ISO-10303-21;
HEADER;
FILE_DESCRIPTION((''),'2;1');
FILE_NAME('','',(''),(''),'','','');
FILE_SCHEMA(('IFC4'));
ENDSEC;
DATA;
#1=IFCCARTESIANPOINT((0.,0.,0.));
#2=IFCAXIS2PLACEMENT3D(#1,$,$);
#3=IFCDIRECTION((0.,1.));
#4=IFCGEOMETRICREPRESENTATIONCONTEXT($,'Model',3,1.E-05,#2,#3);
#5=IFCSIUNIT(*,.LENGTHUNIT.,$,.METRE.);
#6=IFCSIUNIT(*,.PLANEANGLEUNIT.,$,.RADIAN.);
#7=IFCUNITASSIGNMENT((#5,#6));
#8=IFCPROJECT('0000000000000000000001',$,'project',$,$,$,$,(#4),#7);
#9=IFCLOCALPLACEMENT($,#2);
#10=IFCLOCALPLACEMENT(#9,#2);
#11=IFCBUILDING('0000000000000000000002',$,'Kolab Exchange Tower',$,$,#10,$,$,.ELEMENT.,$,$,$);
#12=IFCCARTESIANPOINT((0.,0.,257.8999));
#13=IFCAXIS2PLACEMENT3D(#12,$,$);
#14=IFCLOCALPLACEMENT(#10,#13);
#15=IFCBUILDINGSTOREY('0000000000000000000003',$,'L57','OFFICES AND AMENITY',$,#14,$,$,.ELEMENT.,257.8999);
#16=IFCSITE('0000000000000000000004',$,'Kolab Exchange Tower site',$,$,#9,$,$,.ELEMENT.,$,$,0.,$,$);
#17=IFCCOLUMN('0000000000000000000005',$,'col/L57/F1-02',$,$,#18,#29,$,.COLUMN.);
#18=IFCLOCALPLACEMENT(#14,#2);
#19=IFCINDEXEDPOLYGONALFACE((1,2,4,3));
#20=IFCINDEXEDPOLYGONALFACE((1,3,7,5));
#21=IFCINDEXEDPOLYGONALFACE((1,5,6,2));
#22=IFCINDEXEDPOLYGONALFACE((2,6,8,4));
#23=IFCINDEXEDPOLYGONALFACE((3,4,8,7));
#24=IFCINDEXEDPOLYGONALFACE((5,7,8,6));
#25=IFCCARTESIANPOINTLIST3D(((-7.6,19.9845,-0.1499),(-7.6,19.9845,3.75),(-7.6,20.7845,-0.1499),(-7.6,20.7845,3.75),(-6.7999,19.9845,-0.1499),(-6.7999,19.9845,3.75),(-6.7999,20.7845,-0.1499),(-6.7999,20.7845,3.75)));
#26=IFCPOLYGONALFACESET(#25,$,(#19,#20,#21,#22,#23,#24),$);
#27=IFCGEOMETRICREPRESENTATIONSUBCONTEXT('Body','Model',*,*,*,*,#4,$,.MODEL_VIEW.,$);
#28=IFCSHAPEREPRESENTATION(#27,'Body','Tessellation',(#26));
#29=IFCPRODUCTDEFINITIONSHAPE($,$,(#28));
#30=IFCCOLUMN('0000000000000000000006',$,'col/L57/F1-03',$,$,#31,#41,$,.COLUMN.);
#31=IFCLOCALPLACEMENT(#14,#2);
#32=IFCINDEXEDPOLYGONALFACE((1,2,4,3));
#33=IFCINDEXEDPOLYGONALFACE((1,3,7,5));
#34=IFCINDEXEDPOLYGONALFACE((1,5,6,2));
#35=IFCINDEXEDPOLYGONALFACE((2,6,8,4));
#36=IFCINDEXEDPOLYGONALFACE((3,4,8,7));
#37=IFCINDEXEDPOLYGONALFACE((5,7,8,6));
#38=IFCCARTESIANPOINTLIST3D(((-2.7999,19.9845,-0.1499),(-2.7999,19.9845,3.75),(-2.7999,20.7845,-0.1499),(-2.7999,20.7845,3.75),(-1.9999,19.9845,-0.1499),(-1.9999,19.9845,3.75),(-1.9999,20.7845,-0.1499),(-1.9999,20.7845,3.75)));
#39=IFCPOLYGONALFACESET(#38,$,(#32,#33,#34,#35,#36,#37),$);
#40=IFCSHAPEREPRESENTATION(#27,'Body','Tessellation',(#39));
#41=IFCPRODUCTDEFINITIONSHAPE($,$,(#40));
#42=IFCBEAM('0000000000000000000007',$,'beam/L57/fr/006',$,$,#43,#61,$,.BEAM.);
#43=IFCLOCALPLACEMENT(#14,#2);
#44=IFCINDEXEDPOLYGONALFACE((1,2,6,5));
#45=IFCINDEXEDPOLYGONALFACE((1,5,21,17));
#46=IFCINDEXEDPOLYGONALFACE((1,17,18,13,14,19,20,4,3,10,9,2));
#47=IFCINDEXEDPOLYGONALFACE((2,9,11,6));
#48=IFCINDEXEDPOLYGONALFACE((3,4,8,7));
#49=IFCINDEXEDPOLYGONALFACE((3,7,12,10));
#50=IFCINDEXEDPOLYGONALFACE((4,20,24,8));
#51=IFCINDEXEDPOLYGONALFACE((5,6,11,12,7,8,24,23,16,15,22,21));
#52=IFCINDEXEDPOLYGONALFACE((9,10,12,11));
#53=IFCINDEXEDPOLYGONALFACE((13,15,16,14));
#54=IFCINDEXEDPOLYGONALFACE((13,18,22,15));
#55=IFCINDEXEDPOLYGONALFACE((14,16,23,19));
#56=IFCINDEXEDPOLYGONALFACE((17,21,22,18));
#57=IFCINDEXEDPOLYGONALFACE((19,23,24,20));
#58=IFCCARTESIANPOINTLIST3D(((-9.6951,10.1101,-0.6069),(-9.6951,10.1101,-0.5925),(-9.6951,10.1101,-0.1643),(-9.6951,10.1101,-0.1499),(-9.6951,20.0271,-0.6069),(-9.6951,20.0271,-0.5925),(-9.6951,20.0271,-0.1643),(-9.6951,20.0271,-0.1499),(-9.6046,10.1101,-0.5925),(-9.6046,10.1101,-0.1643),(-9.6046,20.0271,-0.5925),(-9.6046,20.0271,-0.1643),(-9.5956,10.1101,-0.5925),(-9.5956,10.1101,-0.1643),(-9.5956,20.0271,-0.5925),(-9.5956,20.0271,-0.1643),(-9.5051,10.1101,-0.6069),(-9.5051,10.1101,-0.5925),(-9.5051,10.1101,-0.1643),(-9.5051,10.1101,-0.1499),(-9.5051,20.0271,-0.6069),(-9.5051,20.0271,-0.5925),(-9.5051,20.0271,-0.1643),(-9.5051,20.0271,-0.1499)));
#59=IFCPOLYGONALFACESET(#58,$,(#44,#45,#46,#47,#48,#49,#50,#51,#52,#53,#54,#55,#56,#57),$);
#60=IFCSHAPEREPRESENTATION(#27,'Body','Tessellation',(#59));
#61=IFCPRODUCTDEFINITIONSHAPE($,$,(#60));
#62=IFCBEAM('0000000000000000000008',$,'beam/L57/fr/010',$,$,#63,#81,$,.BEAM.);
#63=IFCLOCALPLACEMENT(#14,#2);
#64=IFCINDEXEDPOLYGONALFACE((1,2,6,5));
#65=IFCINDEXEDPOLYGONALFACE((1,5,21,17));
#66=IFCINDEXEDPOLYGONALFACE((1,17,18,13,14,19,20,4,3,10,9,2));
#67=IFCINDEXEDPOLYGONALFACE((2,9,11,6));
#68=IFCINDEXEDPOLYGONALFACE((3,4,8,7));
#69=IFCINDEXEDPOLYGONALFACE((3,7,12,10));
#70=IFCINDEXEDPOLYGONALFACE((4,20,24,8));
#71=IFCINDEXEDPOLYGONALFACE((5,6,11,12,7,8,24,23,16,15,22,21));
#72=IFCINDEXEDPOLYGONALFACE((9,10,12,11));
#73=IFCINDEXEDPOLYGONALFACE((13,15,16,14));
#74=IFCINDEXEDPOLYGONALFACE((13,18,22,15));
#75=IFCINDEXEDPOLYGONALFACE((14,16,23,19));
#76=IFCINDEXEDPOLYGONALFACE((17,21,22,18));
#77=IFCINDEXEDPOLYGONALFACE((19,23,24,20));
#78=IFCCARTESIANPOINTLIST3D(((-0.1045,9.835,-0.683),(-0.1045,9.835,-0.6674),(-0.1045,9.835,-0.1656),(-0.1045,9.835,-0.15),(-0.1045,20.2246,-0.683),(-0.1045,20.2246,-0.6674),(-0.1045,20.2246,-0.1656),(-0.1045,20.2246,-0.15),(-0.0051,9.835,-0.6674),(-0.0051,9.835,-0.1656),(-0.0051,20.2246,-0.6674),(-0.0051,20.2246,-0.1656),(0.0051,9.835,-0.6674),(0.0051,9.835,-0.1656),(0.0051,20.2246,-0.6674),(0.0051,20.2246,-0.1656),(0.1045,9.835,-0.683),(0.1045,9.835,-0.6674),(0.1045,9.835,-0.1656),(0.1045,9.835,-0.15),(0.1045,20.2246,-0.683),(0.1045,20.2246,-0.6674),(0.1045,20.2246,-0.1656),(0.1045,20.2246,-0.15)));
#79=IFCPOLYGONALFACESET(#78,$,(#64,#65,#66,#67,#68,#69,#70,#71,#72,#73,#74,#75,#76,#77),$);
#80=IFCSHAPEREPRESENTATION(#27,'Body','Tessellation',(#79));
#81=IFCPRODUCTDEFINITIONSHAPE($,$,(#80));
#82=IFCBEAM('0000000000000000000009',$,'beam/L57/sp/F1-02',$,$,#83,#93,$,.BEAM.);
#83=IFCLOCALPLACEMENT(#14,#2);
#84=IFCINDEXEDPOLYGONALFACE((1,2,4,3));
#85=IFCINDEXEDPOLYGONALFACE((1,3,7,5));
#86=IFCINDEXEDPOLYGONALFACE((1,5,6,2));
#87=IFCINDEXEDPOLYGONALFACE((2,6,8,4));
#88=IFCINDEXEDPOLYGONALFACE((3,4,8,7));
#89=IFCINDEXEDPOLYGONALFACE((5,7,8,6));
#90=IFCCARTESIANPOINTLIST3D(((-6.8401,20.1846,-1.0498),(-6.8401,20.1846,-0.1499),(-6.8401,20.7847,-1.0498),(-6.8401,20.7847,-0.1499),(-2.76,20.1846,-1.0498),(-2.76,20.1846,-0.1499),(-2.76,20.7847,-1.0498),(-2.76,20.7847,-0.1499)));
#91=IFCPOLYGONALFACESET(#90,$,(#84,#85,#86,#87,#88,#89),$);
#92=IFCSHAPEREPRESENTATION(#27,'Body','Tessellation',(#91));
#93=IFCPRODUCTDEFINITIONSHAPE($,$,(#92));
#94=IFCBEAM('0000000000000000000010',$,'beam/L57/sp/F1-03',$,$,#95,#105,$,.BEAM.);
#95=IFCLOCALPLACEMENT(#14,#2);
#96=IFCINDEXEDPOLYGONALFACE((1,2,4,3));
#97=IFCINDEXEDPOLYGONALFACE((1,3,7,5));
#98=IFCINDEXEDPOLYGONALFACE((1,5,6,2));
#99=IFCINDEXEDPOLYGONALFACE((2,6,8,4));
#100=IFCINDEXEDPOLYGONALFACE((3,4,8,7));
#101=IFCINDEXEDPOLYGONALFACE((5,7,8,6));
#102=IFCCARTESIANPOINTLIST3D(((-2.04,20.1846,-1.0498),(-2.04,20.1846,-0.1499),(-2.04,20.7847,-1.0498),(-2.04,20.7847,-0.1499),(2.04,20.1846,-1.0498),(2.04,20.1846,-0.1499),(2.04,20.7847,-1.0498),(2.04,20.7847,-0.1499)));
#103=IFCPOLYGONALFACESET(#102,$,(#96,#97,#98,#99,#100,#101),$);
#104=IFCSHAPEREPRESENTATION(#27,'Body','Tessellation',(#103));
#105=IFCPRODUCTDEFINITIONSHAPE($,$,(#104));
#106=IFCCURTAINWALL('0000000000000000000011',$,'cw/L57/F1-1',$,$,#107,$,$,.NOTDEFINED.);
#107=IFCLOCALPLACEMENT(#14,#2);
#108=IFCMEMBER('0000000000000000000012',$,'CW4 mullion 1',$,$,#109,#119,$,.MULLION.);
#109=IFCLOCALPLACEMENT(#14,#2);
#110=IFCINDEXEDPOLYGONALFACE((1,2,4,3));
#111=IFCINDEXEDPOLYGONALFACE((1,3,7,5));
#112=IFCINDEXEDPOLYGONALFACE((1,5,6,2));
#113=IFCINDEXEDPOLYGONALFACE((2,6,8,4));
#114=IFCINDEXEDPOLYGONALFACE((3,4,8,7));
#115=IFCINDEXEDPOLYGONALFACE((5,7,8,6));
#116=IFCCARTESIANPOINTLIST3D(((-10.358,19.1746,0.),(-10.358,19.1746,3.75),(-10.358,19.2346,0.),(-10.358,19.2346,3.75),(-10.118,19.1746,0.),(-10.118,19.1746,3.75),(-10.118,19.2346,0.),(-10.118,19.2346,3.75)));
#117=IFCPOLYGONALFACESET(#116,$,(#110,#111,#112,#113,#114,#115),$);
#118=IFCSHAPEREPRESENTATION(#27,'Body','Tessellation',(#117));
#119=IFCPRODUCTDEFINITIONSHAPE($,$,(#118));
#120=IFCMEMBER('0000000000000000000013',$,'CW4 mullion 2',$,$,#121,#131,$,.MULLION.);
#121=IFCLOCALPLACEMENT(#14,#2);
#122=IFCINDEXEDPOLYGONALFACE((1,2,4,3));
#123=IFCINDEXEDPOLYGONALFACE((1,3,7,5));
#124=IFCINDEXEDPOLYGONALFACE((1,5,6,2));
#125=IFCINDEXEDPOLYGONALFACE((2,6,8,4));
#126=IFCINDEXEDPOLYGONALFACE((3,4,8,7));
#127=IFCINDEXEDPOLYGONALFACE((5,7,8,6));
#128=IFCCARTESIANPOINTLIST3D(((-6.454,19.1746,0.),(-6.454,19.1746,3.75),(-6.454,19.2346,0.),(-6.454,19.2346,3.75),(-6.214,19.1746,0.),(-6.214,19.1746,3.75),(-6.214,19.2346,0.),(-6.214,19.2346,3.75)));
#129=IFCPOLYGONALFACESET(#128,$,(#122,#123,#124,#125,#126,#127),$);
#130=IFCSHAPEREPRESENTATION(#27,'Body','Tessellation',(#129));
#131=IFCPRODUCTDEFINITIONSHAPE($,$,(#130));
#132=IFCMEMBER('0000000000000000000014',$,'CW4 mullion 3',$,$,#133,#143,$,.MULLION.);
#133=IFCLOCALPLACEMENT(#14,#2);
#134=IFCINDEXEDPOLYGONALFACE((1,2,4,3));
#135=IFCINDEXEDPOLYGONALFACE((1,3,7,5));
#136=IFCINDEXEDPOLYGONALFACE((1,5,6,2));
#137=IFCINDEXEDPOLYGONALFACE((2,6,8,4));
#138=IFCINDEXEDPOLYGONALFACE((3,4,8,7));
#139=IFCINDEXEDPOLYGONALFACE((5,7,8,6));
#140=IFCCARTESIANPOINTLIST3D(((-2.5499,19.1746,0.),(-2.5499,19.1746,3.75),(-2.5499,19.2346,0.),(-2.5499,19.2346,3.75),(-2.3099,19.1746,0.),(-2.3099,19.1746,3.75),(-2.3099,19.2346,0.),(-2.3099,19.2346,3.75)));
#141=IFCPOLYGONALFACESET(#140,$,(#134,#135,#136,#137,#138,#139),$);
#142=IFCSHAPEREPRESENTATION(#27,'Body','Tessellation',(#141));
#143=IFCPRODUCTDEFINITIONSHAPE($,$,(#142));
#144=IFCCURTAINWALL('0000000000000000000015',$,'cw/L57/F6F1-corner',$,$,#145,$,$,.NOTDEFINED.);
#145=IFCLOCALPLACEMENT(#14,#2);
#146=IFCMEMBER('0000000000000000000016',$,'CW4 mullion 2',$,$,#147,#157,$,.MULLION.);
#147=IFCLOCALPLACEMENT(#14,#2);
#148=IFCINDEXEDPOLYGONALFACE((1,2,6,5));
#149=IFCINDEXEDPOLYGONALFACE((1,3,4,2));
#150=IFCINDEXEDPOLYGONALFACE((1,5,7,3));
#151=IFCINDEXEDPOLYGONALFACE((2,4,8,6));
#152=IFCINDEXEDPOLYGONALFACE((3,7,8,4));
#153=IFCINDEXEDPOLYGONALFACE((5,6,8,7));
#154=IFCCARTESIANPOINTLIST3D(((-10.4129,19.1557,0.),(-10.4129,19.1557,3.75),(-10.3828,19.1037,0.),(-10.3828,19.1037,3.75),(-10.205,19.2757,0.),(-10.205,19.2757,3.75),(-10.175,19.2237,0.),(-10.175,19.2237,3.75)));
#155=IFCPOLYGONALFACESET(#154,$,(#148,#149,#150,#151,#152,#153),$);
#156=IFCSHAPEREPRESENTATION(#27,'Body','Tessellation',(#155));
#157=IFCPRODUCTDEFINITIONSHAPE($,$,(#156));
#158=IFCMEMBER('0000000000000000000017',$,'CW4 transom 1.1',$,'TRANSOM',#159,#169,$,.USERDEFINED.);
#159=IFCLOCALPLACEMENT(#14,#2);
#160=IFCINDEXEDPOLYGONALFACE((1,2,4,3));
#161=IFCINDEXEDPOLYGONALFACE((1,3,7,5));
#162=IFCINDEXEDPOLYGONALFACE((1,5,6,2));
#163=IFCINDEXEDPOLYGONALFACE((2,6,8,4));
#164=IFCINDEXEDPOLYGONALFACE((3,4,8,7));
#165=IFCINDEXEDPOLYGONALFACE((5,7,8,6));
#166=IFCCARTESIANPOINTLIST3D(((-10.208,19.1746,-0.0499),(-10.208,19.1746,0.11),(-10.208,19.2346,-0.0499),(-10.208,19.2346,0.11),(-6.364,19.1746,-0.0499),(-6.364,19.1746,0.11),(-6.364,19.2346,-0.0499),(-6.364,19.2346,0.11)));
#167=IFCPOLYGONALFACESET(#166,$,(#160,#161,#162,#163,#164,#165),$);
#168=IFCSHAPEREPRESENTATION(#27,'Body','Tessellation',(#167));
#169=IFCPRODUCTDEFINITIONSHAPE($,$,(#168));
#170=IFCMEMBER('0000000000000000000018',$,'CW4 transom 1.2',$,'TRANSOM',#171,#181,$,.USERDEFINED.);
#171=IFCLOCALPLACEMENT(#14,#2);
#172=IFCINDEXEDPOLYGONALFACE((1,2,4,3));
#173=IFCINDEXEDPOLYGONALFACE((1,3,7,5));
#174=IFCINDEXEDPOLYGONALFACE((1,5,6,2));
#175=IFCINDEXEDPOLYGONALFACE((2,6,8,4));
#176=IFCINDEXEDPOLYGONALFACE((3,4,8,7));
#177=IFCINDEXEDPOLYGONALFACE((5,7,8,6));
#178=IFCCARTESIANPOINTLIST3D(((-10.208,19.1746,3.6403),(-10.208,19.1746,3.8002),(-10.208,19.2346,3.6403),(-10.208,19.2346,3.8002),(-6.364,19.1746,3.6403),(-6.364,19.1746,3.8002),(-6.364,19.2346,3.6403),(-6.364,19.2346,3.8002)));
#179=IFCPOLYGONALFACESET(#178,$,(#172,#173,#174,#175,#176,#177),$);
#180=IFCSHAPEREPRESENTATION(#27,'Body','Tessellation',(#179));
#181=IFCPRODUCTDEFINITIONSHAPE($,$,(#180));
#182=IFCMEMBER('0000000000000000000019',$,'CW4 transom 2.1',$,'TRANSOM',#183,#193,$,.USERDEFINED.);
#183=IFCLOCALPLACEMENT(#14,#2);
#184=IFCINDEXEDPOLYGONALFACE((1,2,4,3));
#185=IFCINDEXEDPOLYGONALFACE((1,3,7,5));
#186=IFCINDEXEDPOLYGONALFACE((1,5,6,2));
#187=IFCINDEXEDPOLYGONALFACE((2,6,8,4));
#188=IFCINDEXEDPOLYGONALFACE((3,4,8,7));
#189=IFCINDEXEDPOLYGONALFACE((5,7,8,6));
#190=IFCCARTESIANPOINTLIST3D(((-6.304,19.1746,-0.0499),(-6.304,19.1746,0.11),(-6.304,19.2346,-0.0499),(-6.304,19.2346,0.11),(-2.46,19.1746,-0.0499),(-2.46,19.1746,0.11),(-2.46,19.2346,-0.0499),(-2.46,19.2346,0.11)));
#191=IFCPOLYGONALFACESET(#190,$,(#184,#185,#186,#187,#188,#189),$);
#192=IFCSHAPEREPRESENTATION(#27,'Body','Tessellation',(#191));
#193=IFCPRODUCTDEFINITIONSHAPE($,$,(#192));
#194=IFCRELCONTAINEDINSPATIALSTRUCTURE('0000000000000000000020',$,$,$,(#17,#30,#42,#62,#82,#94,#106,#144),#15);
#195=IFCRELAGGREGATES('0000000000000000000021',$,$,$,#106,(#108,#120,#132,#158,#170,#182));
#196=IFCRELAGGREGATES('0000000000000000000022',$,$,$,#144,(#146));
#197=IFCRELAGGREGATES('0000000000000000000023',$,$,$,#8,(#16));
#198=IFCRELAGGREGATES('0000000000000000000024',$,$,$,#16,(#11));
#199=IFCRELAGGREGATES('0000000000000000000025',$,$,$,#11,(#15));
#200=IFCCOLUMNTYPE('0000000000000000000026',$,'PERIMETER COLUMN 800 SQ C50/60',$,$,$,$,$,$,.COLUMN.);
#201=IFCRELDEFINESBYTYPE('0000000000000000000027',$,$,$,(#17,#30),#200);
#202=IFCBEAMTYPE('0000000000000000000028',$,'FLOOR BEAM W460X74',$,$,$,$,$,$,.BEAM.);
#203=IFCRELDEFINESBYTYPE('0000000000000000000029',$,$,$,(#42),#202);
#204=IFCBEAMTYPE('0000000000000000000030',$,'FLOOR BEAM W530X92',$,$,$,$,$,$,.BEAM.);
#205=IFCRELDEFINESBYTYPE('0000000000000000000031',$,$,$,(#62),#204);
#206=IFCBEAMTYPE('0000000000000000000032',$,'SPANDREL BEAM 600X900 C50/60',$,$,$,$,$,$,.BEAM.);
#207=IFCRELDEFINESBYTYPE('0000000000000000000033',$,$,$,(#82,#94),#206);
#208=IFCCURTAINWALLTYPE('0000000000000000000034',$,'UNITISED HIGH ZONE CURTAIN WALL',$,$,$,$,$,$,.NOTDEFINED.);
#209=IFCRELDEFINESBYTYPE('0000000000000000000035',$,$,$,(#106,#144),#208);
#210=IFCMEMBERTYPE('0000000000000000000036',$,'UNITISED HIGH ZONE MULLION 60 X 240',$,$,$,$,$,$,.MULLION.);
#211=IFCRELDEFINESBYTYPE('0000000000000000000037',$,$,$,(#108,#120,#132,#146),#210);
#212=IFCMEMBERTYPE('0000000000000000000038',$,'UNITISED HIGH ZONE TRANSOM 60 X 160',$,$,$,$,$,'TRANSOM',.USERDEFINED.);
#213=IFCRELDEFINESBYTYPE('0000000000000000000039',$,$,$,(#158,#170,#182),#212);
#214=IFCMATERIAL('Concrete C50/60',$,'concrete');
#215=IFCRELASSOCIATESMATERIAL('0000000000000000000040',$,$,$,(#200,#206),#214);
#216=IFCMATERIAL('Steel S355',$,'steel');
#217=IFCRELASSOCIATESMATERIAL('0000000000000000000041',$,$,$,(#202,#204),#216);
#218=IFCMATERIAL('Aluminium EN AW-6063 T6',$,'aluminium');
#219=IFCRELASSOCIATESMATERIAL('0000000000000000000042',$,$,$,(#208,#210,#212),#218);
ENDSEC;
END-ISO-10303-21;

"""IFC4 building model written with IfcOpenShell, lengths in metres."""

from ifc_helpers import new_model, si_unit, direction, frame, origin, origin_2d, place, context, subcontext, project, spatial, rectangle, i_section, extrude, material, material_profile, profile_set, type_object, element, aggregate, save


model = new_model("IFC4")

# Units and contexts
model_context = context("Model", 3, precision=1e-05, world=origin(), true_north=direction((0.0, 1.0)))
body_context = subcontext(model_context, "Body", "Model", "MODEL_VIEW")
ifc_project = project(units=[si_unit("LENGTHUNIT", "METRE"), si_unit("PLANEANGLEUNIT", "RADIAN")], contexts=[model_context])

# Site, building, storey
site_placement = place(None, origin())
site = spatial("IfcSite", under=ifc_project, at=site_placement, Name="Kolab Exchange Tower site", CompositionType="ELEMENT", RefElevation=0.0)
building_placement = place(site_placement, origin())
building = spatial("IfcBuilding", under=site, at=building_placement, Name="Kolab Exchange Tower", CompositionType="ELEMENT")
storey_placement = place(building_placement, frame((0.0, 0.0, 257.8999)))
storey = spatial("IfcBuildingStorey", under=building, at=storey_placement, Name="L57", Description="OFFICES AND AMENITY", CompositionType="ELEMENT", Elevation=257.8999)

# Columns
ifc_material_1 = material(Name="Concrete C50/60", Category="concrete")
ifc_material_profile_1 = material_profile(ifc_material_1, rectangle(XDim=0.8, YDim=0.8, at=origin_2d()), Name="RC800")
ifc_profile_set_1 = profile_set([ifc_material_profile_1], Name="Concrete C50/60")
column_type = type_object("IfcColumnType", Name="PERIMETER COLUMN 800 SQ C50/60", PredefinedType="COLUMN", material=ifc_profile_set_1)
for number, where, z_axis, x_axis, name in (
    (1, (-7.2, 20.3845, -0.1499), (0.0, 0.0, 1.0), (1.0, 0.0, 0.0), "col/L57/F1-02"),
    (2, (-2.3999, 20.3845, -0.1499), (0.0, 0.0, 1.0), (1.0, 0.0, 0.0), "col/L57/F1-03"),
):
    element("IfcColumn", number, at=place(storey_placement, frame(where, z_axis=z_axis, x_axis=x_axis)), inside=storey, type_object=column_type, Name=name, PredefinedType="COLUMN", context=body_context, shape_type="SweptSolid", body=[
        extrude(rectangle(XDim=0.8, YDim=0.8, at=origin_2d()), origin(), (0.0, 0.0, 1.0), 3.8999),
    ])

# Beams
ifc_material_2 = material(Name="Steel S355", Category="steel")
ifc_material_profile_2 = material_profile(ifc_material_2, i_section(OverallWidth=0.1899, OverallDepth=0.457, WebThickness=0.009, FlangeThickness=0.0144, at=origin_2d()), Name="W460X74")
ifc_profile_set_2 = profile_set([ifc_material_profile_2], Name="Steel S355")
beam_type_1 = type_object("IfcBeamType", Name="FLOOR BEAM W460X74", PredefinedType="BEAM", material=ifc_profile_set_2)
beam_1_placement = place(storey_placement, frame((-9.6001, 10.1101, -0.3784), z_axis=(0.0, 1.0, 0.0), x_axis=(-1.0, 0.0, 0.0)))
element("IfcBeam", 3, at=beam_1_placement, inside=storey, type_object=beam_type_1, Name="beam/L57/fr/006", PredefinedType="BEAM", context=body_context, shape_type="SweptSolid", body=[
    extrude(i_section(OverallWidth=0.1899, OverallDepth=0.457, WebThickness=0.009, FlangeThickness=0.0144, at=origin_2d()), origin(), (0.0, 0.0, 1.0), 9.917),
])
ifc_material_profile_3 = material_profile(ifc_material_2, i_section(OverallWidth=0.209, OverallDepth=0.533, WebThickness=0.0103, FlangeThickness=0.0156, at=origin_2d()), Name="W530X92")
ifc_profile_set_3 = profile_set([ifc_material_profile_3], Name="Steel S355")
beam_type_2 = type_object("IfcBeamType", Name="FLOOR BEAM W530X92", PredefinedType="BEAM", material=ifc_profile_set_3)
beam_2_placement = place(storey_placement, frame((0.0, 9.835, -0.4165), z_axis=(0.0, 1.0, 0.0), x_axis=(-1.0, 0.0, 0.0)))
element("IfcBeam", 4, at=beam_2_placement, inside=storey, type_object=beam_type_2, Name="beam/L57/fr/010", PredefinedType="BEAM", context=body_context, shape_type="SweptSolid", body=[
    extrude(i_section(OverallWidth=0.209, OverallDepth=0.533, WebThickness=0.0103, FlangeThickness=0.0156, at=origin_2d()), origin(), (0.0, 0.0, 1.0), 10.3896),
])
ifc_material_profile_4 = material_profile(ifc_material_1, rectangle(XDim=0.6001, YDim=0.8999, at=origin_2d()), Name="RC600X900")
ifc_profile_set_4 = profile_set([ifc_material_profile_4], Name="Concrete C50/60")
beam_type_3 = type_object("IfcBeamType", Name="SPANDREL BEAM 600X900 C50/60", PredefinedType="BEAM", material=ifc_profile_set_4)
for number, where, z_axis, x_axis, name in (
    (5, (-6.8401, 20.4846, -0.5999), (1.0, 0.0, 0.0), (0.0, 1.0, 0.0), "beam/L57/sp/F1-02"),
    (6, (-2.04, 20.4846, -0.5999), (1.0, 0.0, 0.0), (0.0, 1.0, 0.0), "beam/L57/sp/F1-03"),
):
    element("IfcBeam", number, at=place(storey_placement, frame(where, z_axis=z_axis, x_axis=x_axis)), inside=storey, type_object=beam_type_3, Name=name, PredefinedType="BEAM", context=body_context, shape_type="SweptSolid", body=[
        extrude(rectangle(XDim=0.6001, YDim=0.8999, at=origin_2d()), origin(), (0.0, 0.0, 1.0), 4.0801),
    ])

# Curtain wall, members
ifc_material_3 = material(Name="Aluminium EN AW-6063 T6", Category="aluminium")
curtain_wall_type = type_object("IfcCurtainWallType", Name="UNITISED HIGH ZONE CURTAIN WALL", PredefinedType="NOTDEFINED", material=ifc_material_3)
curtain_wall_1_placement = place(storey_placement, origin())
curtain_wall_1 = element("IfcCurtainWall", 7, at=curtain_wall_1_placement, inside=storey, type_object=curtain_wall_type, Name="cw/L57/F1-1", PredefinedType="NOTDEFINED")
ifc_material_profile_5 = material_profile(ifc_material_3, rectangle(XDim=0.0601, YDim=0.24, at=origin_2d()), Name="RECT 60X240")
ifc_profile_set_5 = profile_set([ifc_material_profile_5], Name="Aluminium EN AW-6063 T6")
member_type_1 = type_object("IfcMemberType", Name="UNITISED HIGH ZONE MULLION 60 X 240", PredefinedType="MULLION", material=ifc_profile_set_5)
member_1_placement = place(storey_placement, frame((-10.238, 19.2046, 0.0), z_axis=(0.0, 0.0, 1.0), x_axis=(0.0, 1.0, 0.0)))
member_1 = element("IfcMember", 8, at=member_1_placement, type_object=member_type_1, Name="CW4 mullion 1", PredefinedType="MULLION", context=body_context, shape_type="SweptSolid", body=[
    extrude(rectangle(XDim=0.0601, YDim=0.24, at=origin_2d()), origin(), (0.0, 0.0, 1.0), 3.75),
])
member_2_placement = place(storey_placement, frame((-6.334, 19.2046, 0.0), z_axis=(0.0, 0.0, 1.0), x_axis=(0.0, 1.0, 0.0)))
member_2 = element("IfcMember", 9, at=member_2_placement, type_object=member_type_1, Name="CW4 mullion 2", PredefinedType="MULLION", context=body_context, shape_type="SweptSolid", body=[
    extrude(rectangle(XDim=0.0601, YDim=0.24, at=origin_2d()), origin(), (0.0, 0.0, 1.0), 3.75),
])
member_3_placement = place(storey_placement, frame((-2.4299, 19.2046, 0.0), z_axis=(0.0, 0.0, 1.0), x_axis=(0.0, 1.0, 0.0)))
member_3 = element("IfcMember", 10, at=member_3_placement, type_object=member_type_1, Name="CW4 mullion 3", PredefinedType="MULLION", context=body_context, shape_type="SweptSolid", body=[
    extrude(rectangle(XDim=0.0601, YDim=0.24, at=origin_2d()), origin(), (0.0, 0.0, 1.0), 3.75),
])

# Curtain wall, member
curtain_wall_2_placement = place(storey_placement, origin())
curtain_wall_2 = element("IfcCurtainWall", 11, at=curtain_wall_2_placement, inside=storey, type_object=curtain_wall_type, Name="cw/L57/F6F1-corner", PredefinedType="NOTDEFINED")
member_4_placement = place(storey_placement, frame((-10.2939, 19.1897, 0.0), z_axis=(0.0, 0.0, 1.0), x_axis=(-0.5, 0.866025, 0.0)))
member_4 = element("IfcMember", 12, at=member_4_placement, type_object=member_type_1, Name="CW4 mullion 2", PredefinedType="MULLION", context=body_context, shape_type="SweptSolid", body=[
    extrude(rectangle(XDim=0.0601, YDim=0.24, at=origin_2d()), origin(), (0.0, 0.0, 1.0), 3.75),
])

# Members
ifc_material_profile_6 = material_profile(ifc_material_3, rectangle(XDim=0.0601, YDim=0.1599, at=origin_2d()), Name="RECT 60X160")
ifc_profile_set_6 = profile_set([ifc_material_profile_6], Name="Aluminium EN AW-6063 T6")
member_type_2 = type_object("IfcMemberType", Name="UNITISED HIGH ZONE TRANSOM 60 X 160", ElementType="TRANSOM", PredefinedType="USERDEFINED", material=ifc_profile_set_6)
member_5_placement = place(storey_placement, frame((-10.208, 19.2046, 0.03), z_axis=(1.0, 0.0, 0.0), x_axis=(0.0, 1.0, 0.0)))
member_5 = element("IfcMember", 13, at=member_5_placement, type_object=member_type_2, Name="CW4 transom 1.1", ObjectType="TRANSOM", PredefinedType="USERDEFINED", context=body_context, shape_type="SweptSolid", body=[
    extrude(rectangle(XDim=0.0601, YDim=0.1599, at=origin_2d()), origin(), (0.0, 0.0, 1.0), 3.844),
])
member_6_placement = place(storey_placement, frame((-10.208, 19.2046, 3.7202), z_axis=(1.0, 0.0, 0.0), x_axis=(0.0, 1.0, 0.0)))
member_6 = element("IfcMember", 14, at=member_6_placement, type_object=member_type_2, Name="CW4 transom 1.2", ObjectType="TRANSOM", PredefinedType="USERDEFINED", context=body_context, shape_type="SweptSolid", body=[
    extrude(rectangle(XDim=0.0601, YDim=0.1599, at=origin_2d()), origin(), (0.0, 0.0, 1.0), 3.844),
])
member_7_placement = place(storey_placement, frame((-6.304, 19.2046, 0.03), z_axis=(1.0, 0.0, 0.0), x_axis=(0.0, 1.0, 0.0)))
member_7 = element("IfcMember", 15, at=member_7_placement, type_object=member_type_2, Name="CW4 transom 2.1", ObjectType="TRANSOM", PredefinedType="USERDEFINED", context=body_context, shape_type="SweptSolid", body=[
    extrude(rectangle(XDim=0.0601, YDim=0.1599, at=origin_2d()), origin(), (0.0, 0.0, 1.0), 3.844),
])

aggregate(curtain_wall_1, [member_1, member_2, member_3, member_5, member_6, member_7])
aggregate(curtain_wall_2, [member_4])

save(model, "model.ifc")
